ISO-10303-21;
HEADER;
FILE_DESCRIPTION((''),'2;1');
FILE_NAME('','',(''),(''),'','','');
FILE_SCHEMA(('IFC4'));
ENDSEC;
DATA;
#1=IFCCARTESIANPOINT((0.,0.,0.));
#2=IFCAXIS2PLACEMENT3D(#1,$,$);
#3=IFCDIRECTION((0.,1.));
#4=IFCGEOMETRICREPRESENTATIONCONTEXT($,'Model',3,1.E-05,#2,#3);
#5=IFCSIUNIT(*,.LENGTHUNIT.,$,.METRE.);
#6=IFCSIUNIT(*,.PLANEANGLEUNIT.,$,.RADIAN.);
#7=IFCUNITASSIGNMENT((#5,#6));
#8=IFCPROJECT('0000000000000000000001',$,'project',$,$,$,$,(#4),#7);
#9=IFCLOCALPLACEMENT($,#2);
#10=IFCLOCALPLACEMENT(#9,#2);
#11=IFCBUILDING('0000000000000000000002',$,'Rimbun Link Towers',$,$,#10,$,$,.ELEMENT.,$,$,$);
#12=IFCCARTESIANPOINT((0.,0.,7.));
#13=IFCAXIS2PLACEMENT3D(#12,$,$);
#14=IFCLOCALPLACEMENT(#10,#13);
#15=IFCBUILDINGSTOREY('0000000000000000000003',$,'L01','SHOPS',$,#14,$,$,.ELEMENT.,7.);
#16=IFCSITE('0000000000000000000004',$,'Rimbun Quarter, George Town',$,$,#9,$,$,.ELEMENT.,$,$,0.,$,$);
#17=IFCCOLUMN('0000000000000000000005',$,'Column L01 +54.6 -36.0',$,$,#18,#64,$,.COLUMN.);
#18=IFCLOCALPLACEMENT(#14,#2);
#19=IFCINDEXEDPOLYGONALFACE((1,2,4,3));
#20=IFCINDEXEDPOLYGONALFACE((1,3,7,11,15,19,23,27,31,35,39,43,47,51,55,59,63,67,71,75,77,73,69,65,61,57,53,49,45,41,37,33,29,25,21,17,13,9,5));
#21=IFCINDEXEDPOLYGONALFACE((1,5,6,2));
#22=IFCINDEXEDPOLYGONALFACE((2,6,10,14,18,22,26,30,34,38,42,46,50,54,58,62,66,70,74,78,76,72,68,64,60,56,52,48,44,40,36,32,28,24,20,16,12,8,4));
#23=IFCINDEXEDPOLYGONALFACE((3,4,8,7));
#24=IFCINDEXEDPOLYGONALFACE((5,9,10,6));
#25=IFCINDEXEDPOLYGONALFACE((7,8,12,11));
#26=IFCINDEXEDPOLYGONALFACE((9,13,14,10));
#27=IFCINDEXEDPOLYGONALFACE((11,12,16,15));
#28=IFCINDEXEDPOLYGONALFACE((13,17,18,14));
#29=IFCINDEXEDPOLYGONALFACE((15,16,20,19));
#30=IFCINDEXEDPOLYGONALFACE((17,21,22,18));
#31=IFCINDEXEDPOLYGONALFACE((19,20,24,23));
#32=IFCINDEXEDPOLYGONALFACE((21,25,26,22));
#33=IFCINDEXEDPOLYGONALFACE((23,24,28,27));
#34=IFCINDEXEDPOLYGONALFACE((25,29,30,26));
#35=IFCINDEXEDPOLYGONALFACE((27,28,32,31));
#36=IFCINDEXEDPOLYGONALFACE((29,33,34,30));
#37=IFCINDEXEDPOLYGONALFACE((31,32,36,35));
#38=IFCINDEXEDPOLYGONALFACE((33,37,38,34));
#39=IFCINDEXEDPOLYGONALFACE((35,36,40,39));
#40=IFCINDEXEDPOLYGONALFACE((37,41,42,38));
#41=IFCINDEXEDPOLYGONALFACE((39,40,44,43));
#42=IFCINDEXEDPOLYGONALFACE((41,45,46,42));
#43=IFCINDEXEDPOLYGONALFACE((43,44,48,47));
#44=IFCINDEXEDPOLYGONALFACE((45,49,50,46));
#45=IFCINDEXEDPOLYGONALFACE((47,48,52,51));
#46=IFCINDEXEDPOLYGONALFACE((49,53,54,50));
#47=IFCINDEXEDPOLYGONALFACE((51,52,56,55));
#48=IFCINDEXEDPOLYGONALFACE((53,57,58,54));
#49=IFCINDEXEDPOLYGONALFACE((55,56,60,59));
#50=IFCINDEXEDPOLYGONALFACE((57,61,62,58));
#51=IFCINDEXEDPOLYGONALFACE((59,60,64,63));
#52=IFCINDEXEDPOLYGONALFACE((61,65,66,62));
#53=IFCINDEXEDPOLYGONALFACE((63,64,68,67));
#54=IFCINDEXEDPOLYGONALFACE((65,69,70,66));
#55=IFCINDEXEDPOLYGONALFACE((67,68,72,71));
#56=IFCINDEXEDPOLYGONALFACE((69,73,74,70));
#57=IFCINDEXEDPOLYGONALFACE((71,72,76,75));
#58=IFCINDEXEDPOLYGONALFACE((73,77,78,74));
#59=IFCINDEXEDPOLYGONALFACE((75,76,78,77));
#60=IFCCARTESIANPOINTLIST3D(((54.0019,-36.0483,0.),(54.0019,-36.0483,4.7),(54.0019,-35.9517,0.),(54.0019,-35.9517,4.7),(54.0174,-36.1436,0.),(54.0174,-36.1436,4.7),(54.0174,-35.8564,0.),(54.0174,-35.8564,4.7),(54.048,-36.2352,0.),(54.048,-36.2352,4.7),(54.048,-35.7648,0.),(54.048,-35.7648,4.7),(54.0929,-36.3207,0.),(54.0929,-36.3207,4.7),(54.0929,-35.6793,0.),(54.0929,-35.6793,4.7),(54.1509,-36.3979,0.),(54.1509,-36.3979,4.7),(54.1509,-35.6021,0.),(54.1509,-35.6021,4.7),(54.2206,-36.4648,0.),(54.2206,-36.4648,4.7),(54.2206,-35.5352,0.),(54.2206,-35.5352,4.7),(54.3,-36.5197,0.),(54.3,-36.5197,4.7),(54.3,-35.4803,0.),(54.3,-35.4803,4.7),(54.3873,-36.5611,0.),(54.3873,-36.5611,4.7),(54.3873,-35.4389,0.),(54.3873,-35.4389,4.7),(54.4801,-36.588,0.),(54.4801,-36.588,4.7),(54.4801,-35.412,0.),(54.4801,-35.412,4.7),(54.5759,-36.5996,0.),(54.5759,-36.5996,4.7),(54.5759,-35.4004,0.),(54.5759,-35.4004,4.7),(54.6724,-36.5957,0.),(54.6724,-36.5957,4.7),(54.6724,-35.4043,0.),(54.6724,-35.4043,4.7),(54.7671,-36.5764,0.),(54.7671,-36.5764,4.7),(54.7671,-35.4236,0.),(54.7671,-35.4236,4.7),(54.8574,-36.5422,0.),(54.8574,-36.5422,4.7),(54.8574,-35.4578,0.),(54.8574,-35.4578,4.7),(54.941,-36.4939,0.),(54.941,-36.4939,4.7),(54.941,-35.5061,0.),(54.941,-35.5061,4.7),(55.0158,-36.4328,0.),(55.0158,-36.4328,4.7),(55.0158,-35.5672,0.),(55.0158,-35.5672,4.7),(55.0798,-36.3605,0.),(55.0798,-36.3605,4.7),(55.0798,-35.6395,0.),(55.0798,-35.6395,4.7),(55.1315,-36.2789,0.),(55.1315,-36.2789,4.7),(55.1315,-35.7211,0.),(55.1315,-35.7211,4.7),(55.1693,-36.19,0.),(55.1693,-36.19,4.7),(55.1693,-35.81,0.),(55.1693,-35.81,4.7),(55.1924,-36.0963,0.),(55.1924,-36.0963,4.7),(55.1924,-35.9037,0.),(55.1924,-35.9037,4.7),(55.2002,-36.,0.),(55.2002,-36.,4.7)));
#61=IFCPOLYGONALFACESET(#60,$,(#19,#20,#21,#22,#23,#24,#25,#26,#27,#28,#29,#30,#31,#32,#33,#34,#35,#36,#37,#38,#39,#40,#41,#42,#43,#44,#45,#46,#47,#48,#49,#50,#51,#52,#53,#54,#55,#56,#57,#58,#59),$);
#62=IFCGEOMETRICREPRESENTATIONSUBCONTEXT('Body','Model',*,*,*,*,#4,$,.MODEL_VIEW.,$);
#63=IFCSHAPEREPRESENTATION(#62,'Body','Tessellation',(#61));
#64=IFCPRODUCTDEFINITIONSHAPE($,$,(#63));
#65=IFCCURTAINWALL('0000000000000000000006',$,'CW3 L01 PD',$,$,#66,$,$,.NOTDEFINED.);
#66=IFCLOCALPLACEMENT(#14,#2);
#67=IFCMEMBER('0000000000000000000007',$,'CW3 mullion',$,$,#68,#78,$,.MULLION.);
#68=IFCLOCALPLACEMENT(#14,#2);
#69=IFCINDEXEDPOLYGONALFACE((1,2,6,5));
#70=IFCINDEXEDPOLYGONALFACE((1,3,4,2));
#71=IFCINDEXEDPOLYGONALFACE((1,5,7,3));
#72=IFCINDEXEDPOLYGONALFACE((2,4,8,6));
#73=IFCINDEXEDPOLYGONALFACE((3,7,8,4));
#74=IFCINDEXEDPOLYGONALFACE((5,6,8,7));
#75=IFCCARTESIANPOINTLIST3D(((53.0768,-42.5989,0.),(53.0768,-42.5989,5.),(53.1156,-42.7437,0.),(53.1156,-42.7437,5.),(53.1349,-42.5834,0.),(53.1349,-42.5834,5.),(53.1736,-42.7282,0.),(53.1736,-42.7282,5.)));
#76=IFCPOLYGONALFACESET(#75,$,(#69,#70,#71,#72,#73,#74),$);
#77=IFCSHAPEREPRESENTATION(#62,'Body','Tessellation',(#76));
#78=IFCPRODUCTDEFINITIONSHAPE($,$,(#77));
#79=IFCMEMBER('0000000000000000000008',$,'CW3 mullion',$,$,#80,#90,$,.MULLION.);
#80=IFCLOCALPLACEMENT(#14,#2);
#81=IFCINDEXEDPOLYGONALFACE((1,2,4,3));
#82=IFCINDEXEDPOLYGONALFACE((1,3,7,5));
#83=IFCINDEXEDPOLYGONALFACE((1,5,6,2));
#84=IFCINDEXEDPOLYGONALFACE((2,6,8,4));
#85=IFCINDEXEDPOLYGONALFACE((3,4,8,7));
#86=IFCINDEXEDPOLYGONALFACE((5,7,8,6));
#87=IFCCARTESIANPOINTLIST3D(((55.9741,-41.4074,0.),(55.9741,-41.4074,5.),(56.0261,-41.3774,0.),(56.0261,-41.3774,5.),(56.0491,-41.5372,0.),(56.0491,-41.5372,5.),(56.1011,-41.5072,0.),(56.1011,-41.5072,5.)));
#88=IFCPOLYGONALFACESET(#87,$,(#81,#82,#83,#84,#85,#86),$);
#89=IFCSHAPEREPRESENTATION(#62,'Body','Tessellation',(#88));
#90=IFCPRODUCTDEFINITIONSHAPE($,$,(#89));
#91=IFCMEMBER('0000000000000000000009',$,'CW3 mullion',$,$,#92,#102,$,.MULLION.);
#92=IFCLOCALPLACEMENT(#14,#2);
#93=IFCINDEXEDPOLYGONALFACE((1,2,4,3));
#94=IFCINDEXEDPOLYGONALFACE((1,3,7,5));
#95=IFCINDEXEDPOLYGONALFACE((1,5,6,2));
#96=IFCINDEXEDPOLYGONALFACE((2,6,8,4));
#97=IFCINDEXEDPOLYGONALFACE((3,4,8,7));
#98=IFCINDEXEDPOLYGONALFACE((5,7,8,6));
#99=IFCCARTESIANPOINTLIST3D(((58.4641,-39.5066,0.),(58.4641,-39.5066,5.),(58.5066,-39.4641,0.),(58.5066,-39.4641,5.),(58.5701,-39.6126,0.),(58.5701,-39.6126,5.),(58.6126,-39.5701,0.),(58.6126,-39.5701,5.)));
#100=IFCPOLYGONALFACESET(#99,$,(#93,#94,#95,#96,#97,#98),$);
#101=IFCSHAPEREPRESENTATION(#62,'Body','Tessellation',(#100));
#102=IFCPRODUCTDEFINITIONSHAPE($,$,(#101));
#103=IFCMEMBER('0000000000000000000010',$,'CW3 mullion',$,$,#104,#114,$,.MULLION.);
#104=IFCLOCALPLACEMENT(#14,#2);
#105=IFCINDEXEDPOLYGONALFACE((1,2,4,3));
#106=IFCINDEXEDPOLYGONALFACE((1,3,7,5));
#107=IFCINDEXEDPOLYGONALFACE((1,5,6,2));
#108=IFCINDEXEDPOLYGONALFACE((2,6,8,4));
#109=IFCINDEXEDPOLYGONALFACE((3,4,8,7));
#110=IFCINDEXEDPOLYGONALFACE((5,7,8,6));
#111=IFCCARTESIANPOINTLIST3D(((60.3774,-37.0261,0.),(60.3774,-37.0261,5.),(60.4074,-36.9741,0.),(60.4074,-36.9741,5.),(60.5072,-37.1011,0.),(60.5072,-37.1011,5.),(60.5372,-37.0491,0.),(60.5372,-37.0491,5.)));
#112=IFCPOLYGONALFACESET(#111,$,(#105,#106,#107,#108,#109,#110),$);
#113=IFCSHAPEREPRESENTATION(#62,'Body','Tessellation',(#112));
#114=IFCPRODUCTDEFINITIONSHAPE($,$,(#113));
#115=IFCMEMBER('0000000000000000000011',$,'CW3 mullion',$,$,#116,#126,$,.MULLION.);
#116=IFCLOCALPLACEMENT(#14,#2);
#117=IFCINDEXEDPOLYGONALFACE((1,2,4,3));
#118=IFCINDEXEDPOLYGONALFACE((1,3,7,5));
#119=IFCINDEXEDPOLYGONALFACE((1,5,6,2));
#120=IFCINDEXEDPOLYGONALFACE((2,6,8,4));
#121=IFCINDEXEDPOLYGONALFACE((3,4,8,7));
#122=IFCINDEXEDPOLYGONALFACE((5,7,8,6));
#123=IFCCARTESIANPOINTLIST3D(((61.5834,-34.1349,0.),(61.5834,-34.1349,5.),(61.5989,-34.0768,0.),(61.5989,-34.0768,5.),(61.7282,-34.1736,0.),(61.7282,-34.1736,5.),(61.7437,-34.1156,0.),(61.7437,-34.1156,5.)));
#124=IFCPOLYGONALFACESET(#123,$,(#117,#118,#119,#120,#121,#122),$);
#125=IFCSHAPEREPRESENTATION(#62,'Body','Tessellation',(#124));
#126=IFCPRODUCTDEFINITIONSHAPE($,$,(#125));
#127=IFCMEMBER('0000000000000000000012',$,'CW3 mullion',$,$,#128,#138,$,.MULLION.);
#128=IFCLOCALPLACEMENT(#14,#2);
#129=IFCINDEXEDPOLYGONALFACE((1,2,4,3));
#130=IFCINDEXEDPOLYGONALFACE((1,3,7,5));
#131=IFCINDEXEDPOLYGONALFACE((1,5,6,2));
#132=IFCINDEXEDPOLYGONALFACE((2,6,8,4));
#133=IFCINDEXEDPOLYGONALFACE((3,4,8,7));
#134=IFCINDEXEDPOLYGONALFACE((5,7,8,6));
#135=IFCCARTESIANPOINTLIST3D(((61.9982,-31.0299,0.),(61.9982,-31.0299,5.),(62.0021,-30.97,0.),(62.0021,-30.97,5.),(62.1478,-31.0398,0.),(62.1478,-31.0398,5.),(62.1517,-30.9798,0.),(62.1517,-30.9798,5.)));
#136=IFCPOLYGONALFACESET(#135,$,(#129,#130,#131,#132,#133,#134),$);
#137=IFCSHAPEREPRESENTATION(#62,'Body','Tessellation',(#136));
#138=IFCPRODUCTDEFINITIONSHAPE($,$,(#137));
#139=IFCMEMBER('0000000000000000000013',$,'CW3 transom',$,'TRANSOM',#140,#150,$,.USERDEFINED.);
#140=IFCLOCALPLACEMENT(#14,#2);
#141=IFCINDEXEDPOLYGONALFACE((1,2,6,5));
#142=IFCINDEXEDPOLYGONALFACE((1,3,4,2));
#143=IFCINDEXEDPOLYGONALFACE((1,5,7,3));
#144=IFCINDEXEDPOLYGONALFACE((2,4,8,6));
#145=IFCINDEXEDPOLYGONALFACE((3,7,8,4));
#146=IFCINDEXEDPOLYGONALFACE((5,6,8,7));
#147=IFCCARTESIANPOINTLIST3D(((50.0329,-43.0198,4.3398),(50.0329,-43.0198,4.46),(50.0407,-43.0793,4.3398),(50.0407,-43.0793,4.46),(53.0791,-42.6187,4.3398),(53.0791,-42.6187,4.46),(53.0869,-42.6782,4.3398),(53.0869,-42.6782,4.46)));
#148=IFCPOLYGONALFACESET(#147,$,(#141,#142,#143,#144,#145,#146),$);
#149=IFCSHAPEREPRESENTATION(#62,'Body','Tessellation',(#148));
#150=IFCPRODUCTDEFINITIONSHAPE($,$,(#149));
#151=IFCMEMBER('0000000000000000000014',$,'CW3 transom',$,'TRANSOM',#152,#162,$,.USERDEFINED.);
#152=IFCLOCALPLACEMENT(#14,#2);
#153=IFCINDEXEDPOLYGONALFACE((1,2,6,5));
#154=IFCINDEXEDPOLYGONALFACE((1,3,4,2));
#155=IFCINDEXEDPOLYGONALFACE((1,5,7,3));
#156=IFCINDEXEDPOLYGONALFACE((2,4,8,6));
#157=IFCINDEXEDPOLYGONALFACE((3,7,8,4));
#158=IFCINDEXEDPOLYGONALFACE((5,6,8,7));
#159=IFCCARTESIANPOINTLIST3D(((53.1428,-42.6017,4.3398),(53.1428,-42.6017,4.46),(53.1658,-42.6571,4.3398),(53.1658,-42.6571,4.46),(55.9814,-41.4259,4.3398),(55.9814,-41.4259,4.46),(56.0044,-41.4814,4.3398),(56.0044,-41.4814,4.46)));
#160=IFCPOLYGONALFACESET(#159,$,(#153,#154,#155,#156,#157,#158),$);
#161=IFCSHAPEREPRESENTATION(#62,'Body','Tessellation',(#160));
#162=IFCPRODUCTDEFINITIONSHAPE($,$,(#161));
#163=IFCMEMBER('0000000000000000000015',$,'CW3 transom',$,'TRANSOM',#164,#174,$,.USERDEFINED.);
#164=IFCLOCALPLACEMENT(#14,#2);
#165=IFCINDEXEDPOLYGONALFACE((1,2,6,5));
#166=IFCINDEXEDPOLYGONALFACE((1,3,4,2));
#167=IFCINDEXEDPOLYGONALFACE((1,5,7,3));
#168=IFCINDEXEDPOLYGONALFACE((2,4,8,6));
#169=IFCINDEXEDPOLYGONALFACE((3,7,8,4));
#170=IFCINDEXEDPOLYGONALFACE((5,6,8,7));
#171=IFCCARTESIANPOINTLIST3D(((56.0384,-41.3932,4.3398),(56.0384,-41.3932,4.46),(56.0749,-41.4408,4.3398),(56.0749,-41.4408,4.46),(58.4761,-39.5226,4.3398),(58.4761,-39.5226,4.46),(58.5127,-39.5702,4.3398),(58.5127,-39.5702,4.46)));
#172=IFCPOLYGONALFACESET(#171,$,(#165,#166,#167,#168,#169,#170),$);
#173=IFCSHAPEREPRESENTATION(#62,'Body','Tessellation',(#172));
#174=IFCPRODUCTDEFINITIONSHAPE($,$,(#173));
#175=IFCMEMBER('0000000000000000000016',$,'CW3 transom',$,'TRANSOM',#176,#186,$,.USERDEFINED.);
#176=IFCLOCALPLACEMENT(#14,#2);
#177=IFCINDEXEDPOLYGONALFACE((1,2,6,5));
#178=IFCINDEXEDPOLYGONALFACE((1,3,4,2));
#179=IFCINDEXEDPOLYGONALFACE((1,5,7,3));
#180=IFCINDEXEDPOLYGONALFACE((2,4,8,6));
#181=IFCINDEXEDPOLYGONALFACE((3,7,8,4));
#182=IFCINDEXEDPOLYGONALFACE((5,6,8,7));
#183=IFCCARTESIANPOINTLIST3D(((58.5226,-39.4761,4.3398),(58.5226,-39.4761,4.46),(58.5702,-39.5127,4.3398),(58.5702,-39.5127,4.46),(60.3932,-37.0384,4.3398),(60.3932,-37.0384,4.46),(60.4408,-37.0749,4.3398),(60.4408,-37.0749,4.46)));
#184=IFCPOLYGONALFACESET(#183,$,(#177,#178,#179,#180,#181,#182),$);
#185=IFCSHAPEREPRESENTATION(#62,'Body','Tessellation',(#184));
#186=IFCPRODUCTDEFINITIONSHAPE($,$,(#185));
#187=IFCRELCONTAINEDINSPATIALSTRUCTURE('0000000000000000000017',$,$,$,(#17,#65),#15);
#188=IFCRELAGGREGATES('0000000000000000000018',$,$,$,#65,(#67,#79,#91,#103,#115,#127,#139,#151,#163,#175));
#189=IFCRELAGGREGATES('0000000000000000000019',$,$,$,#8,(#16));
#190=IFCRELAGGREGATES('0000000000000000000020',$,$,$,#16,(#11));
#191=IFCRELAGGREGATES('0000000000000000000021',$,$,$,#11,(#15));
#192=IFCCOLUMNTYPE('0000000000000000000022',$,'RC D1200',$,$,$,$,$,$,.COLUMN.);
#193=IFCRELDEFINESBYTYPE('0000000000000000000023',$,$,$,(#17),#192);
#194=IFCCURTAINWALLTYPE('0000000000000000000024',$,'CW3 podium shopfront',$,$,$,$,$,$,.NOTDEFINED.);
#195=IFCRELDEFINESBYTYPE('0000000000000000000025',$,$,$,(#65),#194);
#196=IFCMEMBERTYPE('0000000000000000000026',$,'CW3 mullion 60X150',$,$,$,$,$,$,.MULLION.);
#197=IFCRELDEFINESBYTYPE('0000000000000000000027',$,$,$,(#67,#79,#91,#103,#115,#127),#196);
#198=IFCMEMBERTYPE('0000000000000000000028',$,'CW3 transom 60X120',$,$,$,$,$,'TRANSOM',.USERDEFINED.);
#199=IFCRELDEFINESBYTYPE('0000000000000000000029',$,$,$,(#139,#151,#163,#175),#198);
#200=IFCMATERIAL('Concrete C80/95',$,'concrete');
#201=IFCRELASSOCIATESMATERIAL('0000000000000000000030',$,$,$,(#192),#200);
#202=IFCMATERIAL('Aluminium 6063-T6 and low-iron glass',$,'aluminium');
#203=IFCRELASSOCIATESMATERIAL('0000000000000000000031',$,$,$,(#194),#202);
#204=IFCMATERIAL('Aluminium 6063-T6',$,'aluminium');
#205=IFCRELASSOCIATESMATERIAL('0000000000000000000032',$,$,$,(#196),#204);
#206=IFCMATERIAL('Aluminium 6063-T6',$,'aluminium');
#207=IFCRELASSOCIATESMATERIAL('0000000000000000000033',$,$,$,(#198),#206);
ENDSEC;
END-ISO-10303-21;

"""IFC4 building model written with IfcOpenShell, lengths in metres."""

from ifc_helpers import new_model, si_unit, direction, frame, origin, origin_2d, place, context, subcontext, project, spatial, rectangle, circle, extrude, material, material_profile, profile_set, type_object, element, aggregate, save


model = new_model("IFC4")

# Units and contexts
model_context = context("Model", 3, precision=1e-05, world=origin(), true_north=direction((0.0, 1.0)))
body_context = subcontext(model_context, "Body", "Model", "MODEL_VIEW")
ifc_project = project(units=[si_unit("LENGTHUNIT", "METRE"), si_unit("PLANEANGLEUNIT", "RADIAN")], contexts=[model_context])

# Site, building, storey
site_placement = place(None, origin())
site = spatial("IfcSite", under=ifc_project, at=site_placement, Name="Rimbun Quarter, George Town", CompositionType="ELEMENT", RefElevation=0.0)
building_placement = place(site_placement, origin())
building = spatial("IfcBuilding", under=site, at=building_placement, Name="Rimbun Link Towers", CompositionType="ELEMENT")
storey_placement = place(building_placement, frame((0.0, 0.0, 7.0)))
storey = spatial("IfcBuildingStorey", under=building, at=storey_placement, Name="L01", Description="SHOPS", CompositionType="ELEMENT", Elevation=7.0)

# Column
ifc_material_1 = material(Name="Concrete C80/95", Category="concrete")
ifc_material_profile_1 = material_profile(ifc_material_1, circle(Radius=0.6001, at=origin_2d()), Name="RC D1200")
ifc_profile_set_1 = profile_set([ifc_material_profile_1], Name="Concrete C80/95")
column_type = type_object("IfcColumnType", Name="RC D1200", PredefinedType="COLUMN", material=ifc_profile_set_1)
column_placement = place(storey_placement, frame((54.6001, -36.0, 0.0), z_axis=(0.0, 0.0, 1.0), x_axis=(1.0, 0.0, 0.0)))
element("IfcColumn", 1, at=column_placement, inside=storey, type_object=column_type, Name="Column L01 +54.6 -36.0", PredefinedType="COLUMN", context=body_context, shape_type="SweptSolid", body=[
    extrude(circle(Radius=0.6001, at=origin_2d()), origin(), (0.0, 0.0, 1.0), 4.7),
])

# Curtain wall, members
ifc_material_2 = material(Name="Aluminium 6063-T6 and low-iron glass", Category="aluminium")
curtain_wall_type = type_object("IfcCurtainWallType", Name="CW3 podium shopfront", PredefinedType="NOTDEFINED", material=ifc_material_2)
curtain_wall_placement = place(storey_placement, origin())
curtain_wall = element("IfcCurtainWall", 2, at=curtain_wall_placement, inside=storey, type_object=curtain_wall_type, Name="CW3 L01 PD", PredefinedType="NOTDEFINED")
ifc_material_3 = material(Name="Aluminium 6063-T6", Category="aluminium")
ifc_material_profile_2 = material_profile(ifc_material_3, rectangle(XDim=0.1499, YDim=0.0601, at=origin_2d()), Name="MULLION 60X150")
ifc_profile_set_2 = profile_set([ifc_material_profile_2], Name="Aluminium 6063-T6")
member_type_1 = type_object("IfcMemberType", Name="CW3 mullion 60X150", PredefinedType="MULLION", material=ifc_profile_set_2)
member_1_placement = place(storey_placement, frame((53.1252, -42.6636, 0.0), z_axis=(0.0, 0.0, 1.0), x_axis=(0.258819, -0.965926, 0.0)))
member_1 = element("IfcMember", 3, at=member_1_placement, type_object=member_type_1, Name="CW3 mullion", PredefinedType="MULLION", context=body_context, shape_type="SweptSolid", body=[
    extrude(rectangle(XDim=0.1499, YDim=0.0601, at=origin_2d()), origin(), (0.0, 0.0, 1.0), 5.0),
])
member_2_placement = place(storey_placement, frame((56.0376, -41.4573, 0.0), z_axis=(0.0, 0.0, 1.0), x_axis=(0.499994, -0.866029, 0.0)))
member_2 = element("IfcMember", 4, at=member_2_placement, type_object=member_type_1, Name="CW3 mullion", PredefinedType="MULLION", context=body_context, shape_type="SweptSolid", body=[
    extrude(rectangle(XDim=0.1499, YDim=0.0601, at=origin_2d()), origin(), (0.0, 0.0, 1.0), 5.0),
])
member_3_placement = place(storey_placement, frame((58.5383, -39.5383, 0.0), z_axis=(0.0, 0.0, 1.0), x_axis=(0.707107, -0.707107, 0.0)))
member_3 = element("IfcMember", 5, at=member_3_placement, type_object=member_type_1, Name="CW3 mullion", PredefinedType="MULLION", context=body_context, shape_type="SweptSolid", body=[
    extrude(rectangle(XDim=0.1499, YDim=0.0601, at=origin_2d()), origin(), (0.0, 0.0, 1.0), 5.0),
])
member_4_placement = place(storey_placement, frame((60.4573, -37.0376, 0.0), z_axis=(0.0, 0.0, 1.0), x_axis=(0.866029, -0.499994, 0.0)))
member_4 = element("IfcMember", 6, at=member_4_placement, type_object=member_type_1, Name="CW3 mullion", PredefinedType="MULLION", context=body_context, shape_type="SweptSolid", body=[
    extrude(rectangle(XDim=0.1499, YDim=0.0601, at=origin_2d()), origin(), (0.0, 0.0, 1.0), 5.0),
])
member_5_placement = place(storey_placement, frame((61.6636, -34.1252, 0.0), z_axis=(0.0, 0.0, 1.0), x_axis=(0.965926, -0.258819, 0.0)))
member_5 = element("IfcMember", 7, at=member_5_placement, type_object=member_type_1, Name="CW3 mullion", PredefinedType="MULLION", context=body_context, shape_type="SweptSolid", body=[
    extrude(rectangle(XDim=0.1499, YDim=0.0601, at=origin_2d()), origin(), (0.0, 0.0, 1.0), 5.0),
])
member_6_placement = place(storey_placement, frame((62.075, -31.0049, 0.0), z_axis=(0.0, 0.0, 1.0), x_axis=(0.997859, -0.065405, 0.0)))
member_6 = element("IfcMember", 8, at=member_6_placement, type_object=member_type_1, Name="CW3 mullion", PredefinedType="MULLION", context=body_context, shape_type="SweptSolid", body=[
    extrude(rectangle(XDim=0.1499, YDim=0.0601, at=origin_2d()), origin(), (0.0, 0.0, 1.0), 5.0),
])
ifc_material_4 = material(Name="Aluminium 6063-T6", Category="aluminium")
ifc_material_profile_3 = material_profile(ifc_material_4, rectangle(XDim=0.0601, YDim=0.1201, at=origin_2d()), Name="TRANSOM 60X120")
ifc_profile_set_3 = profile_set([ifc_material_profile_3], Name="Aluminium 6063-T6")
member_type_2 = type_object("IfcMemberType", Name="CW3 transom 60X120", ElementType="TRANSOM", PredefinedType="USERDEFINED", material=ifc_profile_set_3)
member_7_placement = place(storey_placement, frame((53.083, -42.6484, 4.3999), z_axis=(-0.991441, -0.130555, 0.0), x_axis=(0.130555, -0.991441, 0.0)))
member_7 = element("IfcMember", 9, at=member_7_placement, type_object=member_type_2, Name="CW3 transom", ObjectType="TRANSOM", PredefinedType="USERDEFINED", context=body_context, shape_type="SweptSolid", body=[
    extrude(rectangle(XDim=0.0601, YDim=0.1201, at=origin_2d()), origin(), (0.0, 0.0, 1.0), 3.0725),
])
member_8_placement = place(storey_placement, frame((55.9929, -41.4536, 4.3999), z_axis=(-0.923881, -0.382679, 0.0), x_axis=(0.382679, -0.923881, 0.0)))
member_8 = element("IfcMember", 10, at=member_8_placement, type_object=member_type_2, Name="CW3 transom", ObjectType="TRANSOM", PredefinedType="USERDEFINED", context=body_context, shape_type="SweptSolid", body=[
    extrude(rectangle(XDim=0.0601, YDim=0.1201, at=origin_2d()), origin(), (0.0, 0.0, 1.0), 3.0725),
])
member_9_placement = place(storey_placement, frame((58.4944, -39.5464, 4.3999), z_axis=(-0.793344, -0.608773, 0.0), x_axis=(0.608773, -0.793344, 0.0)))
member_9 = element("IfcMember", 11, at=member_9_placement, type_object=member_type_2, Name="CW3 transom", ObjectType="TRANSOM", PredefinedType="USERDEFINED", context=body_context, shape_type="SweptSolid", body=[
    extrude(rectangle(XDim=0.0601, YDim=0.1201, at=origin_2d()), origin(), (0.0, 0.0, 1.0), 3.0728),
])
member_10_placement = place(storey_placement, frame((60.417, -37.0566, 4.3999), z_axis=(-0.608773, -0.793344, 0.0), x_axis=(0.793344, -0.608773, 0.0)))
member_10 = element("IfcMember", 12, at=member_10_placement, type_object=member_type_2, Name="CW3 transom", ObjectType="TRANSOM", PredefinedType="USERDEFINED", context=body_context, shape_type="SweptSolid", body=[
    extrude(rectangle(XDim=0.0601, YDim=0.1201, at=origin_2d()), origin(), (0.0, 0.0, 1.0), 3.0728),
])

aggregate(curtain_wall, [member_1, member_2, member_3, member_4, member_5, member_6, member_7, member_8, member_9, member_10])

save(model, "model.ifc")
